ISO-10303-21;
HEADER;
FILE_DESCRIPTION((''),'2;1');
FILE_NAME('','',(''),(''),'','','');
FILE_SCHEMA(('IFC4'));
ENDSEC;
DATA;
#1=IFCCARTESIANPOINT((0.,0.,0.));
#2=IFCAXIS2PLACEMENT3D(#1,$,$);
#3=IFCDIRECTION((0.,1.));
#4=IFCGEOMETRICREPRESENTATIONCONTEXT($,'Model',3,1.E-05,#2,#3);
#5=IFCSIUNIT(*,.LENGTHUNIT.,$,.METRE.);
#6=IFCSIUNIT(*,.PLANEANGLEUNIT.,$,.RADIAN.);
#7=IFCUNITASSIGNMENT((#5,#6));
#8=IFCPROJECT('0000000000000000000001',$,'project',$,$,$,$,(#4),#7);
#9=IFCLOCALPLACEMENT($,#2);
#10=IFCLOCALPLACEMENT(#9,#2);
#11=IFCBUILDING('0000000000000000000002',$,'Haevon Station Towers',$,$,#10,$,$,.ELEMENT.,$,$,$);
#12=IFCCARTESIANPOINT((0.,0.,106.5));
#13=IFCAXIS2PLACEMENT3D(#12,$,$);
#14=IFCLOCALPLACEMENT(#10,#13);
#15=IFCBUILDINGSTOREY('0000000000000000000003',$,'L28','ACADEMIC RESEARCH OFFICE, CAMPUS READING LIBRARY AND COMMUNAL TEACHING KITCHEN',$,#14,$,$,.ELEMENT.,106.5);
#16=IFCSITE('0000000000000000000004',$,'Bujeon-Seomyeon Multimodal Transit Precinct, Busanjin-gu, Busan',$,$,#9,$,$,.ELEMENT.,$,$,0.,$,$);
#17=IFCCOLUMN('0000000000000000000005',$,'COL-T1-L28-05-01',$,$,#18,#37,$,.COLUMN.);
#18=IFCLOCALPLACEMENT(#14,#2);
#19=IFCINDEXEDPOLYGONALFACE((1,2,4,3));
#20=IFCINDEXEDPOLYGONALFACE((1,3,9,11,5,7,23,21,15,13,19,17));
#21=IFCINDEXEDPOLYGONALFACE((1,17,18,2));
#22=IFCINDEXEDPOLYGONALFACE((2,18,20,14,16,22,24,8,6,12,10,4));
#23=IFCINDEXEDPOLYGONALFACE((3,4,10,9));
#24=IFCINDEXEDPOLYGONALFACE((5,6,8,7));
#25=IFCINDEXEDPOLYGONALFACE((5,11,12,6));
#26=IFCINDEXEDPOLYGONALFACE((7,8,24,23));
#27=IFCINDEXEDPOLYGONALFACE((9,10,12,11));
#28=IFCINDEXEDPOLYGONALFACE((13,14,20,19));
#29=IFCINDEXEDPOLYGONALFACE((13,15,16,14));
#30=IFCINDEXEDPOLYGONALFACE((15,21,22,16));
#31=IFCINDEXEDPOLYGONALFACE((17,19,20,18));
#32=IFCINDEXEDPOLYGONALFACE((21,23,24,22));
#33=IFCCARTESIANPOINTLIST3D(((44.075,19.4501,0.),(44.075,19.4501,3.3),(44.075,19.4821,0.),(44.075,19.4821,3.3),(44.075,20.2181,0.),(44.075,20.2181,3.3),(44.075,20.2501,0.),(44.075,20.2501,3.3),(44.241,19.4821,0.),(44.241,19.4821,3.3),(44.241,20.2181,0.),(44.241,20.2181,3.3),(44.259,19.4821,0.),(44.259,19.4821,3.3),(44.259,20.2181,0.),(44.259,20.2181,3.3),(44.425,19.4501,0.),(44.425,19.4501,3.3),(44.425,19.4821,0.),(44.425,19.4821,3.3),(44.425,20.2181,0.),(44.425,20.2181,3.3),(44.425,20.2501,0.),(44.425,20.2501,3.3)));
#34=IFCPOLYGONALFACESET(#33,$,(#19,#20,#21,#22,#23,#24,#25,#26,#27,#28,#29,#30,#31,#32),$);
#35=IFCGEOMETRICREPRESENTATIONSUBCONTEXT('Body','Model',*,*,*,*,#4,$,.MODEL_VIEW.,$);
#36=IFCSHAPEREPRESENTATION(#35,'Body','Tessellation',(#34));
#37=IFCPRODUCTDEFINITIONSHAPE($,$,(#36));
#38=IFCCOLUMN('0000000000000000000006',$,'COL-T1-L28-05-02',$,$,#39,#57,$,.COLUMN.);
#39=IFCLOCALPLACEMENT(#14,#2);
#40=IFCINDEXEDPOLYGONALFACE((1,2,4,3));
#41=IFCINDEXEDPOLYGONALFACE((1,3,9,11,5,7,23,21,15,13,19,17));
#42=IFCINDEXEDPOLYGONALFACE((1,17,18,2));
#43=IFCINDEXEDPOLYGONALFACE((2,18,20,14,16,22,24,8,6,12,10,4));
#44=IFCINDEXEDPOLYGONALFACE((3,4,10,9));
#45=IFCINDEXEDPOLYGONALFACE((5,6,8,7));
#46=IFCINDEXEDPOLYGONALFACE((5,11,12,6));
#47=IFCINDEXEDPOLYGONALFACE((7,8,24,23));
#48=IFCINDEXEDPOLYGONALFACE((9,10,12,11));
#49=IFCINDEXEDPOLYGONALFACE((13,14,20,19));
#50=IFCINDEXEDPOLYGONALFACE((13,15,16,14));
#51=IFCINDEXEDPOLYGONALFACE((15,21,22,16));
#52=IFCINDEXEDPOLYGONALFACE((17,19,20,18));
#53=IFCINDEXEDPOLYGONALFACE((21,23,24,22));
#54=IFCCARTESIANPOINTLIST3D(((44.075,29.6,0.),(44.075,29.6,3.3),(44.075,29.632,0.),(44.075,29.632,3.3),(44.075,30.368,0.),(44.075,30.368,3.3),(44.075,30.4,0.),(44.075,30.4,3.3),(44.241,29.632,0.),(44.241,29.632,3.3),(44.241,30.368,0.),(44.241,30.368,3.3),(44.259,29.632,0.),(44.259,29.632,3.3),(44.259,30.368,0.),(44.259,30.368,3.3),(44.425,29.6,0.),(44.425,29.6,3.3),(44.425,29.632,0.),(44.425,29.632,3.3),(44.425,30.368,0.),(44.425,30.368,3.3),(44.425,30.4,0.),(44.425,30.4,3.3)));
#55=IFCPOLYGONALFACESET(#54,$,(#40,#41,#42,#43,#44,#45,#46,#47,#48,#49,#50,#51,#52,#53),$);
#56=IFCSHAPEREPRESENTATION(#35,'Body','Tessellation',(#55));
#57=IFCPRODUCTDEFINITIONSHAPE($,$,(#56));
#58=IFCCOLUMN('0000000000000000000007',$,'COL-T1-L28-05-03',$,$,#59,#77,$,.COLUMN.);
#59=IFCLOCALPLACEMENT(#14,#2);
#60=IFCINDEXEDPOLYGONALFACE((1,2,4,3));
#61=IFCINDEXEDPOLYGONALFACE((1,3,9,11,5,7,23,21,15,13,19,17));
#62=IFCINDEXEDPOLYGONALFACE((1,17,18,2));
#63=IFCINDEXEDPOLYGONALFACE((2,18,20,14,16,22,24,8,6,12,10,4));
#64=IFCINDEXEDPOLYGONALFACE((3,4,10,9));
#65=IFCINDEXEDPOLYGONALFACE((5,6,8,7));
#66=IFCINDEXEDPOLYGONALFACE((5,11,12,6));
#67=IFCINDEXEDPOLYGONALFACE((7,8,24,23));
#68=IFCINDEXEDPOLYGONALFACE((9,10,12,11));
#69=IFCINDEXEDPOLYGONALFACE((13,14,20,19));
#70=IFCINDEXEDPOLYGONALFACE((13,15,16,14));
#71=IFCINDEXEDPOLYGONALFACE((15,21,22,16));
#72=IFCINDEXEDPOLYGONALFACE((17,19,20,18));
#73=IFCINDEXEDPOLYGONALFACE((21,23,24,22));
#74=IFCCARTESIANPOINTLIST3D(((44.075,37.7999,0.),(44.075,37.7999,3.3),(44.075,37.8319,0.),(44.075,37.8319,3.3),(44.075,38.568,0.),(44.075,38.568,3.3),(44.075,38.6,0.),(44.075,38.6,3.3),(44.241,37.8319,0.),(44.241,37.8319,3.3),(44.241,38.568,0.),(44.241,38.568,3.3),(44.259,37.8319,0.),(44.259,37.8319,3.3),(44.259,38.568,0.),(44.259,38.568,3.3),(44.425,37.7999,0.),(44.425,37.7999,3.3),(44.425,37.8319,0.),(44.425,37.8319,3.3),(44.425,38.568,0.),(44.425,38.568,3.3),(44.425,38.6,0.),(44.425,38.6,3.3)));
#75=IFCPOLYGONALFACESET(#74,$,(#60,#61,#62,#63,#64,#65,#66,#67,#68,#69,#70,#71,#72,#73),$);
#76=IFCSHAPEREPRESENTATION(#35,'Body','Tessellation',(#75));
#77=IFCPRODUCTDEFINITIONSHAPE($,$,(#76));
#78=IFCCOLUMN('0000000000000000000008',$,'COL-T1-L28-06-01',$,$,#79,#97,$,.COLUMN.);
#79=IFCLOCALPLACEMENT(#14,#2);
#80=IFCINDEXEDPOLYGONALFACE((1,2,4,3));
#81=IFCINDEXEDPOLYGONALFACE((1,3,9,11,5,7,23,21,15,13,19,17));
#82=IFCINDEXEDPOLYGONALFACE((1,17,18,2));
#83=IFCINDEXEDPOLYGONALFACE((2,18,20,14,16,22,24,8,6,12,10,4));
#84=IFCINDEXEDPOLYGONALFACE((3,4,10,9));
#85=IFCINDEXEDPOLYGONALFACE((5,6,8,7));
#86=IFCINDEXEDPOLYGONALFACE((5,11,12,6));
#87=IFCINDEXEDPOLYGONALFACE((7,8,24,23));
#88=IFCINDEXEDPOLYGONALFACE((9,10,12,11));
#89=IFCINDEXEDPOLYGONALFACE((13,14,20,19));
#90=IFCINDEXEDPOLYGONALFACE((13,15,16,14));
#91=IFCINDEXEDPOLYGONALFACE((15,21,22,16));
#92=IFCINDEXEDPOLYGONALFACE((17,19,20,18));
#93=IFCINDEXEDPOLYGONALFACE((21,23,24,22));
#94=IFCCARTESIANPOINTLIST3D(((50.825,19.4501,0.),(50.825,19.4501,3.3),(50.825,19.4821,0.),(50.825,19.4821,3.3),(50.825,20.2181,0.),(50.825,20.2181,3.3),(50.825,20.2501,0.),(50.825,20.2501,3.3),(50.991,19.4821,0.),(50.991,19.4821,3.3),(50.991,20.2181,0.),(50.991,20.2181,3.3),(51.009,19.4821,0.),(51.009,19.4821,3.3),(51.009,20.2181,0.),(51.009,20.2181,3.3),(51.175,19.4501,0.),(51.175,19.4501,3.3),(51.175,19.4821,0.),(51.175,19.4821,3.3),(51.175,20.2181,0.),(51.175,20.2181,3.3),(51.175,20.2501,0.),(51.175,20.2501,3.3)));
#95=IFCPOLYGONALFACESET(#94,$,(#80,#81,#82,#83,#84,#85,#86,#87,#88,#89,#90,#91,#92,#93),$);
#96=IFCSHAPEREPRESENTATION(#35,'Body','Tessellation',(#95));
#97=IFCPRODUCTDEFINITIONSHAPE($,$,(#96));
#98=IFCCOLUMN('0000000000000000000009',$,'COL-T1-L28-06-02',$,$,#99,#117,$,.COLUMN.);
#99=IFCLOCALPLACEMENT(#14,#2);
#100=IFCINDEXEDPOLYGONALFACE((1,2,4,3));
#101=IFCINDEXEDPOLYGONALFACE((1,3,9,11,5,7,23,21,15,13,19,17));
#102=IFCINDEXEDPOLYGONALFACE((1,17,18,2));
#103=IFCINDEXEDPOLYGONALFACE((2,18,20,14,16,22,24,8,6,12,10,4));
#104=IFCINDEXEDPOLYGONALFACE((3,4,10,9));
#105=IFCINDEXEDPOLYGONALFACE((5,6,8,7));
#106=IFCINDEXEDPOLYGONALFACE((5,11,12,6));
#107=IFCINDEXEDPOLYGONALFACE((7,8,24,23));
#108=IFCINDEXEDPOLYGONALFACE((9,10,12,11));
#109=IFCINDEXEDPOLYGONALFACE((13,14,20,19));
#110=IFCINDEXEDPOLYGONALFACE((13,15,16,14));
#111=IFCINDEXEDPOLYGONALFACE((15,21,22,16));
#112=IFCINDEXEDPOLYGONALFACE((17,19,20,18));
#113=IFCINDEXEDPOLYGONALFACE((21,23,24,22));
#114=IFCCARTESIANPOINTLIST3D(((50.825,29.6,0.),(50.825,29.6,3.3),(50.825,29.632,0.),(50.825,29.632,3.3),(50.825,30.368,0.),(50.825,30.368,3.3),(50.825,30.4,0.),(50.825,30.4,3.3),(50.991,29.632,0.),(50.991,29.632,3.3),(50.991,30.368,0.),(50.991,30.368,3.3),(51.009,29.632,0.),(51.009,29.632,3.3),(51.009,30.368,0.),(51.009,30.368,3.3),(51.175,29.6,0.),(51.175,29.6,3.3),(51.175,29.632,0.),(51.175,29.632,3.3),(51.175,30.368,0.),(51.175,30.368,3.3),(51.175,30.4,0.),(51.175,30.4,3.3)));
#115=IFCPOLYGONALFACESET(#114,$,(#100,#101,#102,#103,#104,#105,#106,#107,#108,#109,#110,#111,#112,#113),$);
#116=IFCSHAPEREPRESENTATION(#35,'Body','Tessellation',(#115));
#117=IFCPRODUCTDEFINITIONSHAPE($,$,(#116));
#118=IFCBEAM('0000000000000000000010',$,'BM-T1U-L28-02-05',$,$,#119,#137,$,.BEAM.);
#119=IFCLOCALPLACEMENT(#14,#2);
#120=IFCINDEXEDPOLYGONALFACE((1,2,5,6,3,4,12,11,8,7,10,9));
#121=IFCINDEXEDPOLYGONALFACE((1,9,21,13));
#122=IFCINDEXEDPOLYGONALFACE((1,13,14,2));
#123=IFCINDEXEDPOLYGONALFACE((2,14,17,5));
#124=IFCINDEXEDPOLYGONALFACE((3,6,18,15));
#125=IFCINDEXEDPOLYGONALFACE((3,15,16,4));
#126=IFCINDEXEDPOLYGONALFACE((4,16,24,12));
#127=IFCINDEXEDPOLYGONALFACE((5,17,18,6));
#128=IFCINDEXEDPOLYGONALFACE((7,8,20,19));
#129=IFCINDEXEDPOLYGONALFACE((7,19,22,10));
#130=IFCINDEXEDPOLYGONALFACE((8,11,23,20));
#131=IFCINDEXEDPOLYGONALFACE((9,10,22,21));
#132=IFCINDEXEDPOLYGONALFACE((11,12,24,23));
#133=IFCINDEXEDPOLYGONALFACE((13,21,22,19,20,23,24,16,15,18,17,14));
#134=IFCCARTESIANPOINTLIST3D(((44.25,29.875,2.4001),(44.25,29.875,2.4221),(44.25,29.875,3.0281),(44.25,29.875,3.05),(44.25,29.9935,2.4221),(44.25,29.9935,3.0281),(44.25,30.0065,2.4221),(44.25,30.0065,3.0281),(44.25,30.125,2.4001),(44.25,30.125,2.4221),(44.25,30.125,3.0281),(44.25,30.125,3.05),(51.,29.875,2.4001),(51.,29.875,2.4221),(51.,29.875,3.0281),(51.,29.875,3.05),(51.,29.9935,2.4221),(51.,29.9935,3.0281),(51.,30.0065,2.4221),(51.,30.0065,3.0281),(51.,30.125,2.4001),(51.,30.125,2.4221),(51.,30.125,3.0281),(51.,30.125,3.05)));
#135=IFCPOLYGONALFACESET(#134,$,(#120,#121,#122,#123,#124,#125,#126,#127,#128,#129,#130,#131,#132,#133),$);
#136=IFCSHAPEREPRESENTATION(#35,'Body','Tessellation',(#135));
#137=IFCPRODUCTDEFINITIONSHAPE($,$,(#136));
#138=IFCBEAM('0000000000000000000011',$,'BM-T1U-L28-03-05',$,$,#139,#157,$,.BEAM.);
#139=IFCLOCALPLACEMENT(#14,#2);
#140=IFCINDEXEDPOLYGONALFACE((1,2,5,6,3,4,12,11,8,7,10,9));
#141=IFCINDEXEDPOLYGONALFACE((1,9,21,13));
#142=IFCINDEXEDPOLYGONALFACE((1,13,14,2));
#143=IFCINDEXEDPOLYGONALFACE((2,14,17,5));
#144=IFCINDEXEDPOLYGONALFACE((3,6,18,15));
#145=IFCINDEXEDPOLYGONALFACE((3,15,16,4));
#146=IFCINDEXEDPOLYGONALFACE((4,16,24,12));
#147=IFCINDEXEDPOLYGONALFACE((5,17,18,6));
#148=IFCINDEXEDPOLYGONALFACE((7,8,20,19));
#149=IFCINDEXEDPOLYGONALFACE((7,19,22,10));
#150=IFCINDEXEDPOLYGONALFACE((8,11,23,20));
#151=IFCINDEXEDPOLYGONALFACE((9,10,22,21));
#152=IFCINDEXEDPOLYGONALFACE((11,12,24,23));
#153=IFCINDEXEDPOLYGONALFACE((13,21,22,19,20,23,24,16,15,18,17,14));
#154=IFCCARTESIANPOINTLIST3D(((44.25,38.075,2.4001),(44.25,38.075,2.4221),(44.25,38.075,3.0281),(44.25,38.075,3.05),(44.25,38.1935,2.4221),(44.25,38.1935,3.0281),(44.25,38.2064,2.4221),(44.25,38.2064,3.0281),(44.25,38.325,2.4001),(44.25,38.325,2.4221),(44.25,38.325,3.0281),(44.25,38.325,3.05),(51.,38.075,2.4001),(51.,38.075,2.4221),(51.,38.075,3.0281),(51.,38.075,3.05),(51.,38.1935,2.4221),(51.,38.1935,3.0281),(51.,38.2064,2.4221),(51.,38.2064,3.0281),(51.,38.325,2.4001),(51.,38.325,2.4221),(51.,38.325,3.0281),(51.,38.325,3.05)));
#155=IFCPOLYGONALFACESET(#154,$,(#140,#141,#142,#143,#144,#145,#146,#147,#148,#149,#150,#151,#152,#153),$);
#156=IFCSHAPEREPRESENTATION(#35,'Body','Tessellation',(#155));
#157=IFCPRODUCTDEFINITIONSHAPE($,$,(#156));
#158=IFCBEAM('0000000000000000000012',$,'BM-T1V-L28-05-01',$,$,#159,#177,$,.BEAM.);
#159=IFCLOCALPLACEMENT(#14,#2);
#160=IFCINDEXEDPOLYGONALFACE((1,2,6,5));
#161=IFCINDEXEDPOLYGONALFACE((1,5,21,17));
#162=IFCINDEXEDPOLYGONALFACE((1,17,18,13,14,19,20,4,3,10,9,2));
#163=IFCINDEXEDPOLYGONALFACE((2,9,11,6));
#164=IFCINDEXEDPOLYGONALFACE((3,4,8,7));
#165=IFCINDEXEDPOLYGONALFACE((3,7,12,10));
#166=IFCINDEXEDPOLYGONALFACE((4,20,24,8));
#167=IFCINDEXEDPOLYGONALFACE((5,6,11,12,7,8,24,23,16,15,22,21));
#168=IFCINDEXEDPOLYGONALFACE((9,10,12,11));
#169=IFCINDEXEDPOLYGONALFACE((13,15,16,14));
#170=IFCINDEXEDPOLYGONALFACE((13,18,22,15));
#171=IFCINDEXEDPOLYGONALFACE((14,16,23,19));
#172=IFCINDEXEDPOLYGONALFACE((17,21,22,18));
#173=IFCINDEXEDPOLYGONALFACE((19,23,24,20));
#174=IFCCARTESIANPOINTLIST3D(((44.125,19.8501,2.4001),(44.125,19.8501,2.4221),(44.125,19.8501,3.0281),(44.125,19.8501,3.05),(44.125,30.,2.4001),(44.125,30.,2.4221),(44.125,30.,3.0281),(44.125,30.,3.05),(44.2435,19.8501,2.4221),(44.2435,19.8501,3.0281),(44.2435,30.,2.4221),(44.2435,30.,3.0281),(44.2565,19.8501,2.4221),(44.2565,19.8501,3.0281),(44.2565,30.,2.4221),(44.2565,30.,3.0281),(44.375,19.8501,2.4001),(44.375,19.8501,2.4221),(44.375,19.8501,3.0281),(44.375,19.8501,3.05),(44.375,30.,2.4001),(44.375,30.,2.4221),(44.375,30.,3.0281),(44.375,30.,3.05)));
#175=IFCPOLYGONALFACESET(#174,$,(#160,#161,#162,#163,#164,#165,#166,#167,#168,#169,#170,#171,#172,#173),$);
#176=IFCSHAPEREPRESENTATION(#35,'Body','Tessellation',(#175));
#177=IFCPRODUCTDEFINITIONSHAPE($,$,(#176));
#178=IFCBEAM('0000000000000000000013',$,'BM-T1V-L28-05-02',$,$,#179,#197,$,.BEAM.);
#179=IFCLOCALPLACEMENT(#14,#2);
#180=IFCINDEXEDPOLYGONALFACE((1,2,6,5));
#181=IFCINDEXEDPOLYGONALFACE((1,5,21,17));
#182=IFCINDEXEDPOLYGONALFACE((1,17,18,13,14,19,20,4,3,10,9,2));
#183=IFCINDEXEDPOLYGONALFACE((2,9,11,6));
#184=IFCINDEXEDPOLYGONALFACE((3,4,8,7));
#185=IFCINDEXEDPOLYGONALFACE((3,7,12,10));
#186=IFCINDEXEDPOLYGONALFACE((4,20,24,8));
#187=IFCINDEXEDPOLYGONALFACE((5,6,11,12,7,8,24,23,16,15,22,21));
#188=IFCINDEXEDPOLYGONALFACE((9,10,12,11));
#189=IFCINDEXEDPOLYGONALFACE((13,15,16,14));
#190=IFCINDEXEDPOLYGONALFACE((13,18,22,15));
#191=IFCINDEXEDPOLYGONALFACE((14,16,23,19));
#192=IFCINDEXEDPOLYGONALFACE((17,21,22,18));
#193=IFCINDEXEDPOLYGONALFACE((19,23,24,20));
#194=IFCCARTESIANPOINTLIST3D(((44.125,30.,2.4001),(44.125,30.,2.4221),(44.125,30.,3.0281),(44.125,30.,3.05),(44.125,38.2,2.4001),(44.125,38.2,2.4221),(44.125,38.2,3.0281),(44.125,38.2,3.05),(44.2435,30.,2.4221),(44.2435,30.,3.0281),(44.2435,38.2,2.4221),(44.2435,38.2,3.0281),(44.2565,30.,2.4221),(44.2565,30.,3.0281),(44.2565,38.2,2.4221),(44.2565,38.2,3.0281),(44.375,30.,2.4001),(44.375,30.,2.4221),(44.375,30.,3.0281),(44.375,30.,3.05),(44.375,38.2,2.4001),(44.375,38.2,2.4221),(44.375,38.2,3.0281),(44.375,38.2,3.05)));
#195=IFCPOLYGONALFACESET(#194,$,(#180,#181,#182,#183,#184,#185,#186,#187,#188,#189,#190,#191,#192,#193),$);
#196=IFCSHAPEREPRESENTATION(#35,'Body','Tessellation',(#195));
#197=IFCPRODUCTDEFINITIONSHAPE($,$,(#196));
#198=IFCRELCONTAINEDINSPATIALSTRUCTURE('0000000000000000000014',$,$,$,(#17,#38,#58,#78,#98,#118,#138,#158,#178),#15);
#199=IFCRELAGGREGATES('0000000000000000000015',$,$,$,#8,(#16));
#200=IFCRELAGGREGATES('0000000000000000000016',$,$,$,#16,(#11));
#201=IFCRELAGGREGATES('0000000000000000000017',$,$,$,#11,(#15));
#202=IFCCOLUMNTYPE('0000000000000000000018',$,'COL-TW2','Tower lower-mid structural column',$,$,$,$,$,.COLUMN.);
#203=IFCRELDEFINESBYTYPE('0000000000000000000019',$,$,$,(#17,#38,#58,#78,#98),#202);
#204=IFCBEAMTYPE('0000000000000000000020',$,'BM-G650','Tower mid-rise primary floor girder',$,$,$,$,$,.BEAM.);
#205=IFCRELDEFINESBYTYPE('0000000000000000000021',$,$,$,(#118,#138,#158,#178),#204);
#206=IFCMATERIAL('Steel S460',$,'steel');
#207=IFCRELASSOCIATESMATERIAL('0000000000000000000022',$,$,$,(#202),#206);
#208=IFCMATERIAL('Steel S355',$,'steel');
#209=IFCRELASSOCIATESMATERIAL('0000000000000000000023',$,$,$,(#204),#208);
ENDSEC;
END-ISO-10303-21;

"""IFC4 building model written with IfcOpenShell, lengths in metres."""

from ifc_helpers import new_model, si_unit, direction, frame, origin, origin_2d, place, context, subcontext, project, spatial, i_section, extrude, material, material_profile, profile_set, type_object, element, save


model = new_model("IFC4")

# Units and contexts
model_context = context("Model", 3, precision=1e-05, world=origin(), true_north=direction((0.0, 1.0)))
body_context = subcontext(model_context, "Body", "Model", "MODEL_VIEW")
ifc_project = project(units=[si_unit("LENGTHUNIT", "METRE"), si_unit("PLANEANGLEUNIT", "RADIAN")], contexts=[model_context])

# Site, building, storey
site_placement = place(None, origin())
site = spatial("IfcSite", under=ifc_project, at=site_placement, Name="Bujeon-Seomyeon Multimodal Transit Precinct, Busanjin-gu, Busan", CompositionType="ELEMENT", RefElevation=0.0)
building_placement = place(site_placement, origin())
building = spatial("IfcBuilding", under=site, at=building_placement, Name="Haevon Station Towers", CompositionType="ELEMENT")
storey_placement = place(building_placement, frame((0.0, 0.0, 106.5)))
storey = spatial("IfcBuildingStorey", under=building, at=storey_placement, Name="L28", Description="ACADEMIC RESEARCH OFFICE, CAMPUS READING LIBRARY AND COMMUNAL TEACHING KITCHEN", CompositionType="ELEMENT", Elevation=106.5)

# Columns
ifc_material_1 = material(Name="Steel S460", Category="steel")
ifc_material_profile_1 = material_profile(ifc_material_1, i_section(OverallWidth=0.3501, OverallDepth=0.8, WebThickness=0.0181, FlangeThickness=0.032, at=origin_2d()), Name="H-800x350x18x32")
ifc_profile_set_1 = profile_set([ifc_material_profile_1], Name="Steel S460")
column_type = type_object("IfcColumnType", Name="COL-TW2", Description="Tower lower-mid structural column", PredefinedType="COLUMN", material=ifc_profile_set_1)
for number, where, z_axis, x_axis, name in (
    (1, (44.25, 19.8501, 0.0), (0.0, 0.0, 1.0), (1.0, 0.0, 0.0), "COL-T1-L28-05-01"),
    (2, (44.25, 30.0, 0.0), (0.0, 0.0, 1.0), (1.0, 0.0, 0.0), "COL-T1-L28-05-02"),
    (3, (44.25, 38.2, 0.0), (0.0, 0.0, 1.0), (1.0, 0.0, 0.0), "COL-T1-L28-05-03"),
    (4, (51.0, 19.8501, 0.0), (0.0, 0.0, 1.0), (1.0, 0.0, 0.0), "COL-T1-L28-06-01"),
    (5, (51.0, 30.0, 0.0), (0.0, 0.0, 1.0), (1.0, 0.0, 0.0), "COL-T1-L28-06-02"),
):
    element("IfcColumn", number, at=place(storey_placement, frame(where, z_axis=z_axis, x_axis=x_axis)), inside=storey, type_object=column_type, Name=name, PredefinedType="COLUMN", context=body_context, shape_type="SweptSolid", body=[
        extrude(i_section(OverallWidth=0.3501, OverallDepth=0.8, WebThickness=0.0181, FlangeThickness=0.032, at=origin_2d()), origin(), (0.0, 0.0, 1.0), 3.3),
    ])

# Beams
ifc_material_2 = material(Name="Steel S355", Category="steel")
ifc_material_profile_2 = material_profile(ifc_material_2, i_section(OverallWidth=0.25, OverallDepth=0.6499, WebThickness=0.0129, FlangeThickness=0.022, at=origin_2d()), Name="H-650x250x13x22")
ifc_profile_set_2 = profile_set([ifc_material_profile_2], Name="Steel S355")
beam_type_1 = type_object("IfcBeamType", Name="BM-G650", Description="Tower mid-rise primary floor girder", PredefinedType="BEAM", material=ifc_profile_set_2)
for number, where, z_axis, x_axis, name in (
    (6, (44.25, 30.0, 2.7251), (1.0, 0.0, 0.0), (0.0, 1.0, 0.0), "BM-T1U-L28-02-05"),
    (7, (44.25, 38.2, 2.7251), (1.0, 0.0, 0.0), (0.0, 1.0, 0.0), "BM-T1U-L28-03-05"),
):
    element("IfcBeam", number, at=place(storey_placement, frame(where, z_axis=z_axis, x_axis=x_axis)), inside=storey, type_object=beam_type_1, Name=name, PredefinedType="BEAM", context=body_context, shape_type="SweptSolid", body=[
        extrude(i_section(OverallWidth=0.25, OverallDepth=0.6499, WebThickness=0.0129, FlangeThickness=0.022, at=origin_2d()), origin(), (0.0, 0.0, 1.0), 6.75),
    ])
beam_1_placement = place(storey_placement, frame((44.25, 19.8501, 2.7251), z_axis=(0.0, 1.0, 0.0), x_axis=(-1.0, 0.0, 0.0)))
element("IfcBeam", 8, at=beam_1_placement, inside=storey, type_object=beam_type_1, Name="BM-T1V-L28-05-01", PredefinedType="BEAM", context=body_context, shape_type="SweptSolid", body=[
    extrude(i_section(OverallWidth=0.25, OverallDepth=0.6499, WebThickness=0.0129, FlangeThickness=0.022, at=origin_2d()), origin(), (0.0, 0.0, 1.0), 10.1499),
])
beam_2_placement = place(storey_placement, frame((44.25, 30.0, 2.7251), z_axis=(0.0, 1.0, 0.0), x_axis=(-1.0, 0.0, 0.0)))
element("IfcBeam", 9, at=beam_2_placement, inside=storey, type_object=beam_type_1, Name="BM-T1V-L28-05-02", PredefinedType="BEAM", context=body_context, shape_type="SweptSolid", body=[
    extrude(i_section(OverallWidth=0.25, OverallDepth=0.6499, WebThickness=0.0129, FlangeThickness=0.022, at=origin_2d()), origin(), (0.0, 0.0, 1.0), 8.2),
])

save(model, "model.ifc")
